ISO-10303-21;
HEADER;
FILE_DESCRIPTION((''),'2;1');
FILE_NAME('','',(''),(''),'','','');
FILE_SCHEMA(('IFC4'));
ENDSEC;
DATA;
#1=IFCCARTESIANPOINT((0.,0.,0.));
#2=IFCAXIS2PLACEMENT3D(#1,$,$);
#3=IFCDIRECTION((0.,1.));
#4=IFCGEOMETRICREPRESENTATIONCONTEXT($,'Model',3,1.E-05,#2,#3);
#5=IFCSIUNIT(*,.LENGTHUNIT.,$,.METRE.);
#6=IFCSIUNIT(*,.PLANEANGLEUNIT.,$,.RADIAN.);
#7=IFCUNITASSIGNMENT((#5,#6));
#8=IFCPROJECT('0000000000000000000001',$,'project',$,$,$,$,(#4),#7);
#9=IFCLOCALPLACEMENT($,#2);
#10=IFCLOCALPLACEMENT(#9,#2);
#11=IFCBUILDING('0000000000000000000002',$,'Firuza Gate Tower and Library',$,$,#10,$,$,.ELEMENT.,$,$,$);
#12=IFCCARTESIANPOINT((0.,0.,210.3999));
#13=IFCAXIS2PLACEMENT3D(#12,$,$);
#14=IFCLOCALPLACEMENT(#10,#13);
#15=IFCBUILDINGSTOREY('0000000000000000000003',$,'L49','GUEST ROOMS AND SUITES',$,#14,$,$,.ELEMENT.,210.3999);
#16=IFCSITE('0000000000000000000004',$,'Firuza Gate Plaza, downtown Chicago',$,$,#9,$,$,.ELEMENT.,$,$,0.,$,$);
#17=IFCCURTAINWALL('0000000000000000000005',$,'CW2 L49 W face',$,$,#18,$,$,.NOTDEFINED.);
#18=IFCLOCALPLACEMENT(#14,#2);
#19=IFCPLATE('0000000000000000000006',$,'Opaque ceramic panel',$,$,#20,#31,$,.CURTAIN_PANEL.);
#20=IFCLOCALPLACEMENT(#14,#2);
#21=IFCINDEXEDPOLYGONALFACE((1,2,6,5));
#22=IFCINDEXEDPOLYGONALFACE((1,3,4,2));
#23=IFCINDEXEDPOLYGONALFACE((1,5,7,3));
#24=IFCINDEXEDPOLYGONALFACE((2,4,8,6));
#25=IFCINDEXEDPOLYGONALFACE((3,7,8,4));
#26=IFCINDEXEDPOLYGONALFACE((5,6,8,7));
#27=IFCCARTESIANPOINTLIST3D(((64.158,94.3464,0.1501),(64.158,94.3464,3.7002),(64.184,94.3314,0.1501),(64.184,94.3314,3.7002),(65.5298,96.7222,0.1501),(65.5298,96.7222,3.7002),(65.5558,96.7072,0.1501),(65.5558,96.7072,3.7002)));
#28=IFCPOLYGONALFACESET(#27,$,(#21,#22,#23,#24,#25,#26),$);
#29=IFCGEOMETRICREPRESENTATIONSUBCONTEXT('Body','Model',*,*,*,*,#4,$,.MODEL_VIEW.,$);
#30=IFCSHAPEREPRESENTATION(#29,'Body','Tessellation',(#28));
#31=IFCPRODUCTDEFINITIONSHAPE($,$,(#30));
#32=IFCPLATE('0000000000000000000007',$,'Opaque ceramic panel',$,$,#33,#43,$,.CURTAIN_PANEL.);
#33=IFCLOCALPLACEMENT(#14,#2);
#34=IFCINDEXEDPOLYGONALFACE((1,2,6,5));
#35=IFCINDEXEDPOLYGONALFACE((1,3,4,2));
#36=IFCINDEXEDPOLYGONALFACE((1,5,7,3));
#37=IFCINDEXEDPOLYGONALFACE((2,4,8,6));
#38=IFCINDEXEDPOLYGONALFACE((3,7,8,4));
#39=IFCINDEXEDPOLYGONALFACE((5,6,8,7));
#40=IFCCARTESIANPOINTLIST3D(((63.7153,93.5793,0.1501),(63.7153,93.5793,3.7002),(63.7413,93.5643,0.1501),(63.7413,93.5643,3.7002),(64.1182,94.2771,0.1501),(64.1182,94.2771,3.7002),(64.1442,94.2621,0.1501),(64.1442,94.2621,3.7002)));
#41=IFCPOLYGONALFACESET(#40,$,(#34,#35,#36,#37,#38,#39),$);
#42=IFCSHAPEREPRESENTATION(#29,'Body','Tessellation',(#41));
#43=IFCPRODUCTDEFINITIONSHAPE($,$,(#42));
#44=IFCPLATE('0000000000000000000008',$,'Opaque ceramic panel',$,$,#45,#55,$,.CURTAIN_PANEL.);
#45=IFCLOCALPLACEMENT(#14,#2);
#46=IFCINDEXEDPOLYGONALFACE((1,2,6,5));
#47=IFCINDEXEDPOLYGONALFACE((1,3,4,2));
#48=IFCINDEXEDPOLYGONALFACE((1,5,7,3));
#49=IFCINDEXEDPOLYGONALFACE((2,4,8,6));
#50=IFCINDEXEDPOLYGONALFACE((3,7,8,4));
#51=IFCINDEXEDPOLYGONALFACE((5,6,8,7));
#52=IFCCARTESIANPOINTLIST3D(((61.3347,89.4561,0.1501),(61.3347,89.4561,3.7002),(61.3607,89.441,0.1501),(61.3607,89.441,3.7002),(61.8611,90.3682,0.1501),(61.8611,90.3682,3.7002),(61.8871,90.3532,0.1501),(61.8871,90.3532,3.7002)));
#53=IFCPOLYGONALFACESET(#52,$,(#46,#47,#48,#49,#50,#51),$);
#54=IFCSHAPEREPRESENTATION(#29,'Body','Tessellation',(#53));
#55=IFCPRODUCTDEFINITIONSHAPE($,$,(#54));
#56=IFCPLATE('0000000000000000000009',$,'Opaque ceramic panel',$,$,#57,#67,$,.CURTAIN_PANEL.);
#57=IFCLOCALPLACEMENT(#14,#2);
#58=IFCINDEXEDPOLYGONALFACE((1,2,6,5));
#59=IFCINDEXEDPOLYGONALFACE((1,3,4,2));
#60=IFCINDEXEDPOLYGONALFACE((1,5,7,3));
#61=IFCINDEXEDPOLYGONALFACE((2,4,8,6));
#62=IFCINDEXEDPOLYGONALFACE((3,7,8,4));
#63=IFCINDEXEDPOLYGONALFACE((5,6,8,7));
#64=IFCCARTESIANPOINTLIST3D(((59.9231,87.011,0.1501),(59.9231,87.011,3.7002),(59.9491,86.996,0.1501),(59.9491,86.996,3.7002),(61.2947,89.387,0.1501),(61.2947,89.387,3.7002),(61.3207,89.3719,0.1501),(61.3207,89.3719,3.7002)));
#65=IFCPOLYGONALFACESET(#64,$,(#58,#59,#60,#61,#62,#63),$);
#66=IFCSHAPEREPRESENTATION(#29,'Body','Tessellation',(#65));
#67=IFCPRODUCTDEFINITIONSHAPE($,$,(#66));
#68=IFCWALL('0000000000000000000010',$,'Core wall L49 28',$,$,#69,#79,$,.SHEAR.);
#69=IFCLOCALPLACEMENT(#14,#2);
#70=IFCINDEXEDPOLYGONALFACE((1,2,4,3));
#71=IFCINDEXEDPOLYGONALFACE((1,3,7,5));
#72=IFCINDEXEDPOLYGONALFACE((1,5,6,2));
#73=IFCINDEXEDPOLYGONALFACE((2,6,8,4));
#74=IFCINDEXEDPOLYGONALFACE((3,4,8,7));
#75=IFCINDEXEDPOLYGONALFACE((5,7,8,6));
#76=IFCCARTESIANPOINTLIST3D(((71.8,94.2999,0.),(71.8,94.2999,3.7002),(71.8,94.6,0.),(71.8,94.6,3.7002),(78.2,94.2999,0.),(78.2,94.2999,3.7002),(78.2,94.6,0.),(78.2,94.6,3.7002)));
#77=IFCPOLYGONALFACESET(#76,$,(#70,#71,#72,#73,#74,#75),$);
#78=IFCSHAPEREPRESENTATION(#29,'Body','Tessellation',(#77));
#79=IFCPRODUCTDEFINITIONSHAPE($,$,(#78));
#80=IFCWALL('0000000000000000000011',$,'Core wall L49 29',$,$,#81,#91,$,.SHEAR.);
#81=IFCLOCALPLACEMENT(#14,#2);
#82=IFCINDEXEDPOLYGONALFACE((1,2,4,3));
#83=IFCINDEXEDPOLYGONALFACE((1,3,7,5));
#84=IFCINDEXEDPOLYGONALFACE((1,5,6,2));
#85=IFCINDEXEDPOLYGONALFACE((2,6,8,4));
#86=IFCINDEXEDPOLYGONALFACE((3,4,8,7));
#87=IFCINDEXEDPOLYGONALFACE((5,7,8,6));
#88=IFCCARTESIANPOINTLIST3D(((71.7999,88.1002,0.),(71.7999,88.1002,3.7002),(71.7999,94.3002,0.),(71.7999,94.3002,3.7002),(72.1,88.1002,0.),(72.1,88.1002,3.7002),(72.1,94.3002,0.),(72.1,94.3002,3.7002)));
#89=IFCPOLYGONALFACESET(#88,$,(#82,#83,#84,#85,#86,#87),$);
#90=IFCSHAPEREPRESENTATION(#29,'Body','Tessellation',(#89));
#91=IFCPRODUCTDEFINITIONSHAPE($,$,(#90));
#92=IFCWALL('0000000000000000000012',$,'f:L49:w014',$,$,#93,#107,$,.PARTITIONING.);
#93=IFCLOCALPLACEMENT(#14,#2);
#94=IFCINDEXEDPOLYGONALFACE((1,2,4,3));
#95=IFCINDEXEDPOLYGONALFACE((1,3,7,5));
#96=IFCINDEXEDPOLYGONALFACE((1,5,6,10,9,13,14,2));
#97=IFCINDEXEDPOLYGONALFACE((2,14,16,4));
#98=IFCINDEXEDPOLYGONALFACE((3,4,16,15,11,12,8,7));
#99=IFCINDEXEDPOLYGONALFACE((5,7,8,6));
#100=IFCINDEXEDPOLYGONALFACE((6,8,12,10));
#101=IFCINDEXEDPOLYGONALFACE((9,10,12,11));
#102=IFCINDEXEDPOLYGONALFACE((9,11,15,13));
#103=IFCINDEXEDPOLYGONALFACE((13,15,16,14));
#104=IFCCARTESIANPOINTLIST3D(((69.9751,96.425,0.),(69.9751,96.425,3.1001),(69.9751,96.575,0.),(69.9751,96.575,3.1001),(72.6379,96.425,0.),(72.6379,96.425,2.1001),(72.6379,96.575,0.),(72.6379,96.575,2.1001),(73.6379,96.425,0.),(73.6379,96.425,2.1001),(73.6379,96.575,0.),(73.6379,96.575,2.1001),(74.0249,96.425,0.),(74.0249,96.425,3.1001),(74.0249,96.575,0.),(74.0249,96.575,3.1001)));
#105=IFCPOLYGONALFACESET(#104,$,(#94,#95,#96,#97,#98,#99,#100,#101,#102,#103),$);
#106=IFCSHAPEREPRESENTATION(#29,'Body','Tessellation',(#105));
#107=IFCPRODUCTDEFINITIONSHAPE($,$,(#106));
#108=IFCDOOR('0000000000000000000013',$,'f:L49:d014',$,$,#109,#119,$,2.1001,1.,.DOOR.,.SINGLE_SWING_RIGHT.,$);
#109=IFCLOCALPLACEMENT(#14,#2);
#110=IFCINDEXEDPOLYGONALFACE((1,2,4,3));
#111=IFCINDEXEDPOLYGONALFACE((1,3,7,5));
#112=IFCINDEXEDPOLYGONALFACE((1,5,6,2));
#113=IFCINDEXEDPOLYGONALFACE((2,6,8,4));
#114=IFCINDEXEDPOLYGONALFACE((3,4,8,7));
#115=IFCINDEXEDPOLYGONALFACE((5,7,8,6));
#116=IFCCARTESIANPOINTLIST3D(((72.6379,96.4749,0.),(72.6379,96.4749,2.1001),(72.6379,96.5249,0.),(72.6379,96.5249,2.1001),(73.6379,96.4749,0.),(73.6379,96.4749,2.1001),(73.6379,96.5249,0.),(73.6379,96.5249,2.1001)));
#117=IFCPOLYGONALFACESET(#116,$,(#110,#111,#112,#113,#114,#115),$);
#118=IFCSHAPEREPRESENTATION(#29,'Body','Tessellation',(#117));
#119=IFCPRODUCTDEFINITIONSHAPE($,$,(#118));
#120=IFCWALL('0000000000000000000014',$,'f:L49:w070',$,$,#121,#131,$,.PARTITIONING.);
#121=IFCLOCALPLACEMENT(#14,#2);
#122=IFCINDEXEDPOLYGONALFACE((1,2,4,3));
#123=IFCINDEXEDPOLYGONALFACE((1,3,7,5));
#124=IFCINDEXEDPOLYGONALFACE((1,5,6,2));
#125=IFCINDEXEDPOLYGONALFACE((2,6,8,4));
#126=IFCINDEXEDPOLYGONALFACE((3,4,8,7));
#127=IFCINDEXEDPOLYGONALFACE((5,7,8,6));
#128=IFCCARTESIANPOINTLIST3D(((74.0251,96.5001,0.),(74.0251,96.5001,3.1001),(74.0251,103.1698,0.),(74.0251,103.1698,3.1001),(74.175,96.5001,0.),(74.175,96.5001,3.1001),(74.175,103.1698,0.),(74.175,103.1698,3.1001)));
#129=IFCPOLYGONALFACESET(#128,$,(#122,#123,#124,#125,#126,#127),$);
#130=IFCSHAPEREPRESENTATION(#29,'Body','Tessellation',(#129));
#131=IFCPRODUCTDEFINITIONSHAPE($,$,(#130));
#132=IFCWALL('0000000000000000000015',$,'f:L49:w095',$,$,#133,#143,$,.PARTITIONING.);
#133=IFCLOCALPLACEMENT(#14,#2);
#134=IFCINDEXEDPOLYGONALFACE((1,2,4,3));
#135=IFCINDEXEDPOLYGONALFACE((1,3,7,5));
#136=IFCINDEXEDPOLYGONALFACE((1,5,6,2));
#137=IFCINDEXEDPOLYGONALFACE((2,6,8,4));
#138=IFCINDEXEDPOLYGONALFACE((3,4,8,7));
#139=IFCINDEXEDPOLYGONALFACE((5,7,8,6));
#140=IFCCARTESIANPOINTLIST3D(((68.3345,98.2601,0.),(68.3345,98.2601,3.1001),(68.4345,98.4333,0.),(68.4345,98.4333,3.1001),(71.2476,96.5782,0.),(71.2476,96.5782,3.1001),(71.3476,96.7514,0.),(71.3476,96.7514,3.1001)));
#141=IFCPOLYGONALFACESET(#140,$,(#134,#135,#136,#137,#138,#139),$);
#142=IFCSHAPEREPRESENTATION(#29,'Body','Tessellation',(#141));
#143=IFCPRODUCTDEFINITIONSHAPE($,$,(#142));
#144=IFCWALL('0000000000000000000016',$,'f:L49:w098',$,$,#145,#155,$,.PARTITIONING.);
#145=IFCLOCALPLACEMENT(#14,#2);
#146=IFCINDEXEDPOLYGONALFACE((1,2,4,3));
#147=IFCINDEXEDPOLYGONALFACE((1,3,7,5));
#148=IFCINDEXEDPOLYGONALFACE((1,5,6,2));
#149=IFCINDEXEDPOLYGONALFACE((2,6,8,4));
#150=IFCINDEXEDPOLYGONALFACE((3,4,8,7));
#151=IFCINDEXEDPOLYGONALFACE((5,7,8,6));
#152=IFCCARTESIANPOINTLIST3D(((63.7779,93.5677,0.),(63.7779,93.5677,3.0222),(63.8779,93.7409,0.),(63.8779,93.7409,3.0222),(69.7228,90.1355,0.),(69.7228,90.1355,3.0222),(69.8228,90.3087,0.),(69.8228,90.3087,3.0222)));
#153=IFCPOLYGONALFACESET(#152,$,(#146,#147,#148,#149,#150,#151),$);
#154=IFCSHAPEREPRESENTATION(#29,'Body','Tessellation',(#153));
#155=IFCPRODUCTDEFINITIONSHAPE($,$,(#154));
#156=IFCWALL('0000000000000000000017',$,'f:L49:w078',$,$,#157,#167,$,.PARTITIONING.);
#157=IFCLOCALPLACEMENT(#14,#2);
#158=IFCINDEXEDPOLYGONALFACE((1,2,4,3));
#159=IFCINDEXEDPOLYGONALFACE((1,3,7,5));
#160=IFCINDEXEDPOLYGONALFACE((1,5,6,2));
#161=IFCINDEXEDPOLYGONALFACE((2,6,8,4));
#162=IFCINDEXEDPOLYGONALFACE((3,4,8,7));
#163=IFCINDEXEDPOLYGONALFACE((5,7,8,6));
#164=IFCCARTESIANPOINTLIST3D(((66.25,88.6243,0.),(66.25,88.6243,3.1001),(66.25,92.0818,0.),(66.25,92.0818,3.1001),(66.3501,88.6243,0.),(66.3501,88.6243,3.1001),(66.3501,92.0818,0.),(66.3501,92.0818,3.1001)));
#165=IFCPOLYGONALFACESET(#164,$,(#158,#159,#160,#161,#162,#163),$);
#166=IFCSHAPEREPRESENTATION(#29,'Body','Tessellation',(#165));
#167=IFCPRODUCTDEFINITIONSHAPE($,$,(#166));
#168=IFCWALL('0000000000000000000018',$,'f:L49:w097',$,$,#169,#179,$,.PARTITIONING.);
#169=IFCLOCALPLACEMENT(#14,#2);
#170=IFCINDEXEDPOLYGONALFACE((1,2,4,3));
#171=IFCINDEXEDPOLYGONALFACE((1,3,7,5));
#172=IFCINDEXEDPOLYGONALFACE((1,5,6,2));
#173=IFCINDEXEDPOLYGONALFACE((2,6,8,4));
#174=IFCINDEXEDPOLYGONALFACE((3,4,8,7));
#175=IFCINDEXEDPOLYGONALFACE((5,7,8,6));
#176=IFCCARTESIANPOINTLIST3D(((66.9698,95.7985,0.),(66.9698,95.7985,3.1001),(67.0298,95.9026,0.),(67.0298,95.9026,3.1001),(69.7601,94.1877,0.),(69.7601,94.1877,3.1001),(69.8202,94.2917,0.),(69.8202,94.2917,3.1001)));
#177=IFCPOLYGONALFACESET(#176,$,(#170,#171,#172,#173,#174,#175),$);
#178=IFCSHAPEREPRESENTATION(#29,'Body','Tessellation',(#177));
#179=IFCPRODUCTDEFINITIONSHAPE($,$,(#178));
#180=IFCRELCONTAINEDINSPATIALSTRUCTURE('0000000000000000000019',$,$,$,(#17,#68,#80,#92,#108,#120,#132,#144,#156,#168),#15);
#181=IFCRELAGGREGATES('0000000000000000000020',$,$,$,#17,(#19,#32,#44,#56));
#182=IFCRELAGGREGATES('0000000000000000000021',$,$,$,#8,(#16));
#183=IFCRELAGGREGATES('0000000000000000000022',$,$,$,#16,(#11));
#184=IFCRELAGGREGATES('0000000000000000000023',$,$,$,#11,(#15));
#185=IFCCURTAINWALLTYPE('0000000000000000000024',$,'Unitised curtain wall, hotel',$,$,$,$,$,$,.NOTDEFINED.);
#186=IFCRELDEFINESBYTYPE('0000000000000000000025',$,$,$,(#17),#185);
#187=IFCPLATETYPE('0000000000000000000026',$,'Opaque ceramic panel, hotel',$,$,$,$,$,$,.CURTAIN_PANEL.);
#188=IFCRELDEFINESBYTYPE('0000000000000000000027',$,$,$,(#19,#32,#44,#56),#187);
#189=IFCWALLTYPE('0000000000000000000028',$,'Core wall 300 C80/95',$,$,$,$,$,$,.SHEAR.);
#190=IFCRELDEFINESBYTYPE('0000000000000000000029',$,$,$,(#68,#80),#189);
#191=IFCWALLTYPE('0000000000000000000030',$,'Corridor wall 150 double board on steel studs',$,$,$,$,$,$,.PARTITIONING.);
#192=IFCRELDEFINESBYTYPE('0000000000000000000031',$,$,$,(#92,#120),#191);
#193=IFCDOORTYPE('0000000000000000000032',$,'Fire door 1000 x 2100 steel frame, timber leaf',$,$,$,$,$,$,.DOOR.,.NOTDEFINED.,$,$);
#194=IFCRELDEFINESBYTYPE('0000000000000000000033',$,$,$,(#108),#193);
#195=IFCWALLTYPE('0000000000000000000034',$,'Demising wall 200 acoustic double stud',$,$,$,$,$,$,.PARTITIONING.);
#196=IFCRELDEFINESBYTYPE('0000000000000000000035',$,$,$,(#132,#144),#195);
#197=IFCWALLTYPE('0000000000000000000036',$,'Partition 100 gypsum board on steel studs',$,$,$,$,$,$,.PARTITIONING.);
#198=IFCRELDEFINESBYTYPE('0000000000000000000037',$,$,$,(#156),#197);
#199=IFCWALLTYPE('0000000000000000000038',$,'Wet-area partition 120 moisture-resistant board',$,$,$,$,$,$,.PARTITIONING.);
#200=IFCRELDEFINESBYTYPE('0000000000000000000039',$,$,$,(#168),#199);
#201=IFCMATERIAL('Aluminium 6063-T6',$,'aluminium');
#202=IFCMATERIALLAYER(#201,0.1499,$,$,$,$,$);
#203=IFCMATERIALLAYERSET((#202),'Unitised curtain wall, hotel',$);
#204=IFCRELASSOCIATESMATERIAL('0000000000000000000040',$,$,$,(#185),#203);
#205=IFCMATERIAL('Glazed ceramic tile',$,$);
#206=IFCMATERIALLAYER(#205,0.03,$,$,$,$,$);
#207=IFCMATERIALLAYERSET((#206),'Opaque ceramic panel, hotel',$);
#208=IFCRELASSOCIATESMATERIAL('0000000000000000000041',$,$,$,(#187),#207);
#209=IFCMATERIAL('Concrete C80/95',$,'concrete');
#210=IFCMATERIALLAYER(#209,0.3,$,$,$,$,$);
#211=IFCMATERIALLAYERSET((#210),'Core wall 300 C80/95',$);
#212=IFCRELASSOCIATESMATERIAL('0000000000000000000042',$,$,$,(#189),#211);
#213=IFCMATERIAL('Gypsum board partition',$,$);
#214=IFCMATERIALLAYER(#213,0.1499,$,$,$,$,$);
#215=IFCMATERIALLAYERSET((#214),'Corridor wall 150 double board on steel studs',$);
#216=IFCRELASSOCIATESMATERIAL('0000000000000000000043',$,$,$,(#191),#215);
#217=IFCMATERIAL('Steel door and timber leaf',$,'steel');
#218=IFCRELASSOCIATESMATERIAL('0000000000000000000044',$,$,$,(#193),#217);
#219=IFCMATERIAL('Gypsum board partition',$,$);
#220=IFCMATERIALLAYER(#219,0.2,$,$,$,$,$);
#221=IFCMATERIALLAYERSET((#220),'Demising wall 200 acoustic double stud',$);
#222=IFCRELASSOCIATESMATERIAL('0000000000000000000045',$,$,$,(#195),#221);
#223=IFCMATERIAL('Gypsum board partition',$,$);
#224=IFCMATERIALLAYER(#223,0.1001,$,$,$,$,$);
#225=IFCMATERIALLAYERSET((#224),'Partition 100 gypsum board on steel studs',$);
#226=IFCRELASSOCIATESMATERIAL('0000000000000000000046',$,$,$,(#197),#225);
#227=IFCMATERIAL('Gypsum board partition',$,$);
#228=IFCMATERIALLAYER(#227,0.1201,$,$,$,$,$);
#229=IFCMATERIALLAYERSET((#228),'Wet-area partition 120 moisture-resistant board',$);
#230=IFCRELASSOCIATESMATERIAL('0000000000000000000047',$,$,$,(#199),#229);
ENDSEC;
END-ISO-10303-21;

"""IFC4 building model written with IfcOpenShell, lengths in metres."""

from ifc_helpers import new_model, si_unit, direction, frame, frame_2d, origin, place, context, subcontext, project, spatial, polyline, rectangle, outline, extrude, material, layer, layer_set, type_object, element, fill, aggregate, save


model = new_model("IFC4")

# Units and contexts
model_context = context("Model", 3, precision=1e-05, world=origin(), true_north=direction((0.0, 1.0)))
body_context = subcontext(model_context, "Body", "Model", "MODEL_VIEW")
ifc_project = project(units=[si_unit("LENGTHUNIT", "METRE"), si_unit("PLANEANGLEUNIT", "RADIAN")], contexts=[model_context])

# Site, building, storey
site_placement = place(None, origin())
site = spatial("IfcSite", under=ifc_project, at=site_placement, Name="Firuza Gate Plaza, downtown Chicago", CompositionType="ELEMENT", RefElevation=0.0)
building_placement = place(site_placement, origin())
building = spatial("IfcBuilding", under=site, at=building_placement, Name="Firuza Gate Tower and Library", CompositionType="ELEMENT")
storey_placement = place(building_placement, frame((0.0, 0.0, 210.3999)))
storey = spatial("IfcBuildingStorey", under=building, at=storey_placement, Name="L49", Description="GUEST ROOMS AND SUITES", CompositionType="ELEMENT", Elevation=210.3999)

# Curtain wall
ifc_material_1 = material(Name="Aluminium 6063-T6", Category="aluminium")
ifc_layer_1 = layer(ifc_material_1, 0.1499)
ifc_layer_set_1 = layer_set([ifc_layer_1], Name="Unitised curtain wall, hotel")
curtain_wall_type = type_object("IfcCurtainWallType", Name="Unitised curtain wall, hotel", PredefinedType="NOTDEFINED", material=ifc_layer_set_1)
placement = place(storey_placement, origin())
curtain_wall = element("IfcCurtainWall", 1, at=placement, inside=storey, type_object=curtain_wall_type, Name="CW2 L49 W face", PredefinedType="NOTDEFINED")

# Plates
ifc_material_2 = material(Name="Glazed ceramic tile")
ifc_layer_2 = layer(ifc_material_2, 0.03)
ifc_layer_set_2 = layer_set([ifc_layer_2], Name="Opaque ceramic panel, hotel")
plate_type_1 = type_object("IfcPlateType", Name="Opaque ceramic panel, hotel", PredefinedType="CURTAIN_PANEL", material=ifc_layer_set_2)
plate_1_placement = place(storey_placement, frame((65.5298, 96.7222, 0.1501), z_axis=(-0.865994, 0.500054, 0.0), x_axis=(-0.500054, -0.865994, 0.0)))
plate_1 = element("IfcPlate", 2, at=plate_1_placement, type_object=plate_type_1, Name="Opaque ceramic panel", PredefinedType="CURTAIN_PANEL", context=body_context, shape_type="SweptSolid", body=[
    extrude(outline(polyline([(0.0, 0.0), (2.7434, 0.0), (2.7434, 3.55), (0.0, 3.55), (0.0, 0.0)])), origin(), (0.0, 0.0, -1.0), 0.03),
])
plate_2_placement = place(storey_placement, frame((64.1182, 94.2771, 0.1501), z_axis=(-0.866034, 0.499985, 0.0), x_axis=(-0.499985, -0.866034, 0.0)))
plate_2 = element("IfcPlate", 3, at=plate_2_placement, type_object=plate_type_1, Name="Opaque ceramic panel", PredefinedType="CURTAIN_PANEL", context=body_context, shape_type="SweptSolid", body=[
    extrude(outline(polyline([(0.0, 0.0), (0.8057, 0.0), (0.8057, 3.55), (0.0, 3.55), (0.0, 0.0)])), origin(), (0.0, 0.0, -1.0), 0.03),
])
plate_3_placement = place(storey_placement, frame((61.8611, 90.3682, 0.1501), z_axis=(-0.866124, 0.499829, 0.0), x_axis=(-0.499829, -0.866124, 0.0)))
plate_3 = element("IfcPlate", 4, at=plate_3_placement, type_object=plate_type_1, Name="Opaque ceramic panel", PredefinedType="CURTAIN_PANEL", context=body_context, shape_type="SweptSolid", body=[
    extrude(outline(polyline([(0.0, 0.0), (1.0531, 0.0), (1.0531, 3.55), (0.0, 3.55), (0.0, 0.0)])), origin(), (0.0, 0.0, -1.0), 0.03),
])
plate_4_placement = place(storey_placement, frame((61.2947, 89.387, 0.1501), z_axis=(-0.866055, 0.499948, 0.0), x_axis=(-0.499948, -0.866055, 0.0)))
plate_4 = element("IfcPlate", 5, at=plate_4_placement, type_object=plate_type_1, Name="Opaque ceramic panel", PredefinedType="CURTAIN_PANEL", context=body_context, shape_type="SweptSolid", body=[
    extrude(outline(polyline([(0.0, 0.0), (2.7434, 0.0), (2.7434, 3.55), (0.0, 3.55), (0.0, 0.0)])), origin(), (0.0, 0.0, -1.0), 0.03),
])
aggregate(curtain_wall, [plate_1, plate_2, plate_3, plate_4])

# Walls
ifc_material_3 = material(Name="Concrete C80/95", Category="concrete")
ifc_layer_3 = layer(ifc_material_3, 0.3)
ifc_layer_set_3 = layer_set([ifc_layer_3], Name="Core wall 300 C80/95")
wall_type_1 = type_object("IfcWallType", Name="Core wall 300 C80/95", PredefinedType="SHEAR", material=ifc_layer_set_3)
wall_1_placement = place(storey_placement, frame((71.8, 94.45, 0.0), z_axis=(0.0, 0.0, 1.0), x_axis=(1.0, 0.0, 0.0)))
element("IfcWall", 6, at=wall_1_placement, inside=storey, type_object=wall_type_1, Name="Core wall L49 28", PredefinedType="SHEAR", context=body_context, shape_type="SweptSolid", body=[
    extrude(rectangle(XDim=6.3999, YDim=0.3, at=frame_2d((3.2, 0.0))), origin(), (0.0, 0.0, 1.0), 3.7002),
])
wall_2_placement = place(storey_placement, frame((71.95, 88.1001, 0.0), z_axis=(0.0, 0.0, 1.0), x_axis=(0.0, 1.0, 0.0)))
element("IfcWall", 7, at=wall_2_placement, inside=storey, type_object=wall_type_1, Name="Core wall L49 29", PredefinedType="SHEAR", context=body_context, shape_type="SweptSolid", body=[
    extrude(rectangle(XDim=6.2, YDim=0.3, at=frame_2d((3.1001, 0.0))), origin(), (0.0, 0.0, 1.0), 3.7002),
])

# Wall, opening, door
ifc_material_4 = material(Name="Gypsum board partition")
ifc_layer_4 = layer(ifc_material_4, 0.1499)
ifc_layer_set_4 = layer_set([ifc_layer_4], Name="Corridor wall 150 double board on steel studs")
wall_type_2 = type_object("IfcWallType", Name="Corridor wall 150 double board on steel studs", PredefinedType="PARTITIONING", material=ifc_layer_set_4)
wall_3_placement = place(storey_placement, frame((69.9751, 96.5, 0.0), z_axis=(0.0, 0.0, 1.0), x_axis=(1.0, 0.0, 0.0)))
wall_3 = element("IfcWall", 8, at=wall_3_placement, inside=storey, type_object=wall_type_2, Name="f:L49:w014", PredefinedType="PARTITIONING", context=body_context, shape_type="SweptSolid", body=[
    extrude(rectangle(XDim=4.0498, YDim=0.1499, at=frame_2d((2.0249, 0.0))), origin(), (0.0, 0.0, 1.0), 3.1001),
])
opening_placement = place(wall_3_placement, frame((2.6628, 0.0, 0.0)))
opening = element("IfcOpeningElement", 9, at=opening_placement, cuts=wall_3, PredefinedType="OPENING", context=body_context, shape_type="SweptSolid", body=[
    extrude(rectangle(XDim=1.0, YDim=2.1001, at=frame_2d((0.5, 1.05))), frame((0.0, 0.085, 0.0), z_axis=(0.0, -1.0, 0.0), x_axis=(1.0, 0.0, 0.0)), (0.0, 0.0, 1.0), 0.1699),
])
ifc_material_5 = material(Name="Steel door and timber leaf", Category="steel")
door_type = type_object("IfcDoorType", Name="Fire door 1000 x 2100 steel frame, timber leaf", OperationType="NOTDEFINED", PredefinedType="DOOR", material=ifc_material_5)
door_placement = place(opening_placement, origin())
door = element("IfcDoor", 10, at=door_placement, inside=storey, type_object=door_type, Name="f:L49:d014", OperationType="SINGLE_SWING_RIGHT", OverallHeight=2.1001, OverallWidth=1.0, PredefinedType="DOOR", context=body_context, shape_type="SweptSolid", body=[
    extrude(rectangle(XDim=1.0, YDim=2.1001, at=frame_2d((0.5, 1.05))), frame((0.0, 0.0249, 0.0), z_axis=(0.0, -1.0, 0.0), x_axis=(1.0, 0.0, 0.0)), (0.0, 0.0, 1.0), 0.05),
])
fill(opening, door)

# Walls
wall_4_placement = place(storey_placement, frame((74.1001, 96.5, 0.0), z_axis=(0.0, 0.0, 1.0), x_axis=(0.0, 1.0, 0.0)))
element("IfcWall", 11, at=wall_4_placement, inside=storey, type_object=wall_type_2, Name="f:L49:w070", PredefinedType="PARTITIONING", context=body_context, shape_type="SweptSolid", body=[
    extrude(rectangle(XDim=6.6697, YDim=0.1499, at=frame_2d((3.335, 0.0))), origin(), (0.0, 0.0, 1.0), 3.1001),
])
ifc_material_6 = material(Name="Gypsum board partition")
ifc_layer_5 = layer(ifc_material_6, 0.2)
ifc_layer_set_5 = layer_set([ifc_layer_5], Name="Demising wall 200 acoustic double stud")
wall_type_3 = type_object("IfcWallType", Name="Demising wall 200 acoustic double stud", PredefinedType="PARTITIONING", material=ifc_layer_set_5)
wall_5_placement = place(storey_placement, frame((71.2976, 96.6648, 0.0), z_axis=(0.0, 0.0, 1.0), x_axis=(-0.866024, 0.500003, 0.0)))
element("IfcWall", 12, at=wall_5_placement, inside=storey, type_object=wall_type_3, Name="f:L49:w095", PredefinedType="PARTITIONING", context=body_context, shape_type="SweptSolid", body=[
    extrude(rectangle(XDim=3.3638, YDim=0.2, at=frame_2d((1.6819, 0.0))), origin(), (0.0, 0.0, 1.0), 3.1001),
])
wall_6_placement = place(storey_placement, frame((69.7727, 90.2222, 0.0), z_axis=(0.0, 0.0, 1.0), x_axis=(-0.866033, 0.499987, 0.0)))
element("IfcWall", 13, at=wall_6_placement, inside=storey, type_object=wall_type_3, Name="f:L49:w098", PredefinedType="PARTITIONING", context=body_context, shape_type="SweptSolid", body=[
    extrude(rectangle(XDim=6.8645, YDim=0.2, at=frame_2d((3.4321, 0.0))), origin(), (0.0, 0.0, 1.0), 3.0222),
])
ifc_material_7 = material(Name="Gypsum board partition")
ifc_layer_6 = layer(ifc_material_7, 0.1001)
ifc_layer_set_6 = layer_set([ifc_layer_6], Name="Partition 100 gypsum board on steel studs")
wall_type_4 = type_object("IfcWallType", Name="Partition 100 gypsum board on steel studs", PredefinedType="PARTITIONING", material=ifc_layer_set_6)
wall_7_placement = place(storey_placement, frame((66.3, 88.6243, 0.0), z_axis=(0.0, 0.0, 1.0), x_axis=(0.0, 1.0, 0.0)))
element("IfcWall", 14, at=wall_7_placement, inside=storey, type_object=wall_type_4, Name="f:L49:w078", PredefinedType="PARTITIONING", context=body_context, shape_type="SweptSolid", body=[
    extrude(rectangle(XDim=3.4575, YDim=0.1001, at=frame_2d((1.7288, 0.0))), origin(), (0.0, 0.0, 1.0), 3.1001),
])
ifc_material_8 = material(Name="Gypsum board partition")
ifc_layer_7 = layer(ifc_material_8, 0.1201)
ifc_layer_set_7 = layer_set([ifc_layer_7], Name="Wet-area partition 120 moisture-resistant board")
wall_type_5 = type_object("IfcWallType", Name="Wet-area partition 120 moisture-resistant board", PredefinedType="PARTITIONING", material=ifc_layer_set_7)
wall_8_placement = place(storey_placement, frame((69.79, 94.2397, 0.0), z_axis=(0.0, 0.0, 1.0), x_axis=(-0.866043, 0.49997, 0.0)))
element("IfcWall", 15, at=wall_8_placement, inside=storey, type_object=wall_type_5, Name="f:L49:w097", PredefinedType="PARTITIONING", context=body_context, shape_type="SweptSolid", body=[
    extrude(rectangle(XDim=3.2219, YDim=0.1201, at=frame_2d((1.6108, 0.0))), origin(), (0.0, 0.0, 1.0), 3.1001),
])

save(model, "model.ifc")
